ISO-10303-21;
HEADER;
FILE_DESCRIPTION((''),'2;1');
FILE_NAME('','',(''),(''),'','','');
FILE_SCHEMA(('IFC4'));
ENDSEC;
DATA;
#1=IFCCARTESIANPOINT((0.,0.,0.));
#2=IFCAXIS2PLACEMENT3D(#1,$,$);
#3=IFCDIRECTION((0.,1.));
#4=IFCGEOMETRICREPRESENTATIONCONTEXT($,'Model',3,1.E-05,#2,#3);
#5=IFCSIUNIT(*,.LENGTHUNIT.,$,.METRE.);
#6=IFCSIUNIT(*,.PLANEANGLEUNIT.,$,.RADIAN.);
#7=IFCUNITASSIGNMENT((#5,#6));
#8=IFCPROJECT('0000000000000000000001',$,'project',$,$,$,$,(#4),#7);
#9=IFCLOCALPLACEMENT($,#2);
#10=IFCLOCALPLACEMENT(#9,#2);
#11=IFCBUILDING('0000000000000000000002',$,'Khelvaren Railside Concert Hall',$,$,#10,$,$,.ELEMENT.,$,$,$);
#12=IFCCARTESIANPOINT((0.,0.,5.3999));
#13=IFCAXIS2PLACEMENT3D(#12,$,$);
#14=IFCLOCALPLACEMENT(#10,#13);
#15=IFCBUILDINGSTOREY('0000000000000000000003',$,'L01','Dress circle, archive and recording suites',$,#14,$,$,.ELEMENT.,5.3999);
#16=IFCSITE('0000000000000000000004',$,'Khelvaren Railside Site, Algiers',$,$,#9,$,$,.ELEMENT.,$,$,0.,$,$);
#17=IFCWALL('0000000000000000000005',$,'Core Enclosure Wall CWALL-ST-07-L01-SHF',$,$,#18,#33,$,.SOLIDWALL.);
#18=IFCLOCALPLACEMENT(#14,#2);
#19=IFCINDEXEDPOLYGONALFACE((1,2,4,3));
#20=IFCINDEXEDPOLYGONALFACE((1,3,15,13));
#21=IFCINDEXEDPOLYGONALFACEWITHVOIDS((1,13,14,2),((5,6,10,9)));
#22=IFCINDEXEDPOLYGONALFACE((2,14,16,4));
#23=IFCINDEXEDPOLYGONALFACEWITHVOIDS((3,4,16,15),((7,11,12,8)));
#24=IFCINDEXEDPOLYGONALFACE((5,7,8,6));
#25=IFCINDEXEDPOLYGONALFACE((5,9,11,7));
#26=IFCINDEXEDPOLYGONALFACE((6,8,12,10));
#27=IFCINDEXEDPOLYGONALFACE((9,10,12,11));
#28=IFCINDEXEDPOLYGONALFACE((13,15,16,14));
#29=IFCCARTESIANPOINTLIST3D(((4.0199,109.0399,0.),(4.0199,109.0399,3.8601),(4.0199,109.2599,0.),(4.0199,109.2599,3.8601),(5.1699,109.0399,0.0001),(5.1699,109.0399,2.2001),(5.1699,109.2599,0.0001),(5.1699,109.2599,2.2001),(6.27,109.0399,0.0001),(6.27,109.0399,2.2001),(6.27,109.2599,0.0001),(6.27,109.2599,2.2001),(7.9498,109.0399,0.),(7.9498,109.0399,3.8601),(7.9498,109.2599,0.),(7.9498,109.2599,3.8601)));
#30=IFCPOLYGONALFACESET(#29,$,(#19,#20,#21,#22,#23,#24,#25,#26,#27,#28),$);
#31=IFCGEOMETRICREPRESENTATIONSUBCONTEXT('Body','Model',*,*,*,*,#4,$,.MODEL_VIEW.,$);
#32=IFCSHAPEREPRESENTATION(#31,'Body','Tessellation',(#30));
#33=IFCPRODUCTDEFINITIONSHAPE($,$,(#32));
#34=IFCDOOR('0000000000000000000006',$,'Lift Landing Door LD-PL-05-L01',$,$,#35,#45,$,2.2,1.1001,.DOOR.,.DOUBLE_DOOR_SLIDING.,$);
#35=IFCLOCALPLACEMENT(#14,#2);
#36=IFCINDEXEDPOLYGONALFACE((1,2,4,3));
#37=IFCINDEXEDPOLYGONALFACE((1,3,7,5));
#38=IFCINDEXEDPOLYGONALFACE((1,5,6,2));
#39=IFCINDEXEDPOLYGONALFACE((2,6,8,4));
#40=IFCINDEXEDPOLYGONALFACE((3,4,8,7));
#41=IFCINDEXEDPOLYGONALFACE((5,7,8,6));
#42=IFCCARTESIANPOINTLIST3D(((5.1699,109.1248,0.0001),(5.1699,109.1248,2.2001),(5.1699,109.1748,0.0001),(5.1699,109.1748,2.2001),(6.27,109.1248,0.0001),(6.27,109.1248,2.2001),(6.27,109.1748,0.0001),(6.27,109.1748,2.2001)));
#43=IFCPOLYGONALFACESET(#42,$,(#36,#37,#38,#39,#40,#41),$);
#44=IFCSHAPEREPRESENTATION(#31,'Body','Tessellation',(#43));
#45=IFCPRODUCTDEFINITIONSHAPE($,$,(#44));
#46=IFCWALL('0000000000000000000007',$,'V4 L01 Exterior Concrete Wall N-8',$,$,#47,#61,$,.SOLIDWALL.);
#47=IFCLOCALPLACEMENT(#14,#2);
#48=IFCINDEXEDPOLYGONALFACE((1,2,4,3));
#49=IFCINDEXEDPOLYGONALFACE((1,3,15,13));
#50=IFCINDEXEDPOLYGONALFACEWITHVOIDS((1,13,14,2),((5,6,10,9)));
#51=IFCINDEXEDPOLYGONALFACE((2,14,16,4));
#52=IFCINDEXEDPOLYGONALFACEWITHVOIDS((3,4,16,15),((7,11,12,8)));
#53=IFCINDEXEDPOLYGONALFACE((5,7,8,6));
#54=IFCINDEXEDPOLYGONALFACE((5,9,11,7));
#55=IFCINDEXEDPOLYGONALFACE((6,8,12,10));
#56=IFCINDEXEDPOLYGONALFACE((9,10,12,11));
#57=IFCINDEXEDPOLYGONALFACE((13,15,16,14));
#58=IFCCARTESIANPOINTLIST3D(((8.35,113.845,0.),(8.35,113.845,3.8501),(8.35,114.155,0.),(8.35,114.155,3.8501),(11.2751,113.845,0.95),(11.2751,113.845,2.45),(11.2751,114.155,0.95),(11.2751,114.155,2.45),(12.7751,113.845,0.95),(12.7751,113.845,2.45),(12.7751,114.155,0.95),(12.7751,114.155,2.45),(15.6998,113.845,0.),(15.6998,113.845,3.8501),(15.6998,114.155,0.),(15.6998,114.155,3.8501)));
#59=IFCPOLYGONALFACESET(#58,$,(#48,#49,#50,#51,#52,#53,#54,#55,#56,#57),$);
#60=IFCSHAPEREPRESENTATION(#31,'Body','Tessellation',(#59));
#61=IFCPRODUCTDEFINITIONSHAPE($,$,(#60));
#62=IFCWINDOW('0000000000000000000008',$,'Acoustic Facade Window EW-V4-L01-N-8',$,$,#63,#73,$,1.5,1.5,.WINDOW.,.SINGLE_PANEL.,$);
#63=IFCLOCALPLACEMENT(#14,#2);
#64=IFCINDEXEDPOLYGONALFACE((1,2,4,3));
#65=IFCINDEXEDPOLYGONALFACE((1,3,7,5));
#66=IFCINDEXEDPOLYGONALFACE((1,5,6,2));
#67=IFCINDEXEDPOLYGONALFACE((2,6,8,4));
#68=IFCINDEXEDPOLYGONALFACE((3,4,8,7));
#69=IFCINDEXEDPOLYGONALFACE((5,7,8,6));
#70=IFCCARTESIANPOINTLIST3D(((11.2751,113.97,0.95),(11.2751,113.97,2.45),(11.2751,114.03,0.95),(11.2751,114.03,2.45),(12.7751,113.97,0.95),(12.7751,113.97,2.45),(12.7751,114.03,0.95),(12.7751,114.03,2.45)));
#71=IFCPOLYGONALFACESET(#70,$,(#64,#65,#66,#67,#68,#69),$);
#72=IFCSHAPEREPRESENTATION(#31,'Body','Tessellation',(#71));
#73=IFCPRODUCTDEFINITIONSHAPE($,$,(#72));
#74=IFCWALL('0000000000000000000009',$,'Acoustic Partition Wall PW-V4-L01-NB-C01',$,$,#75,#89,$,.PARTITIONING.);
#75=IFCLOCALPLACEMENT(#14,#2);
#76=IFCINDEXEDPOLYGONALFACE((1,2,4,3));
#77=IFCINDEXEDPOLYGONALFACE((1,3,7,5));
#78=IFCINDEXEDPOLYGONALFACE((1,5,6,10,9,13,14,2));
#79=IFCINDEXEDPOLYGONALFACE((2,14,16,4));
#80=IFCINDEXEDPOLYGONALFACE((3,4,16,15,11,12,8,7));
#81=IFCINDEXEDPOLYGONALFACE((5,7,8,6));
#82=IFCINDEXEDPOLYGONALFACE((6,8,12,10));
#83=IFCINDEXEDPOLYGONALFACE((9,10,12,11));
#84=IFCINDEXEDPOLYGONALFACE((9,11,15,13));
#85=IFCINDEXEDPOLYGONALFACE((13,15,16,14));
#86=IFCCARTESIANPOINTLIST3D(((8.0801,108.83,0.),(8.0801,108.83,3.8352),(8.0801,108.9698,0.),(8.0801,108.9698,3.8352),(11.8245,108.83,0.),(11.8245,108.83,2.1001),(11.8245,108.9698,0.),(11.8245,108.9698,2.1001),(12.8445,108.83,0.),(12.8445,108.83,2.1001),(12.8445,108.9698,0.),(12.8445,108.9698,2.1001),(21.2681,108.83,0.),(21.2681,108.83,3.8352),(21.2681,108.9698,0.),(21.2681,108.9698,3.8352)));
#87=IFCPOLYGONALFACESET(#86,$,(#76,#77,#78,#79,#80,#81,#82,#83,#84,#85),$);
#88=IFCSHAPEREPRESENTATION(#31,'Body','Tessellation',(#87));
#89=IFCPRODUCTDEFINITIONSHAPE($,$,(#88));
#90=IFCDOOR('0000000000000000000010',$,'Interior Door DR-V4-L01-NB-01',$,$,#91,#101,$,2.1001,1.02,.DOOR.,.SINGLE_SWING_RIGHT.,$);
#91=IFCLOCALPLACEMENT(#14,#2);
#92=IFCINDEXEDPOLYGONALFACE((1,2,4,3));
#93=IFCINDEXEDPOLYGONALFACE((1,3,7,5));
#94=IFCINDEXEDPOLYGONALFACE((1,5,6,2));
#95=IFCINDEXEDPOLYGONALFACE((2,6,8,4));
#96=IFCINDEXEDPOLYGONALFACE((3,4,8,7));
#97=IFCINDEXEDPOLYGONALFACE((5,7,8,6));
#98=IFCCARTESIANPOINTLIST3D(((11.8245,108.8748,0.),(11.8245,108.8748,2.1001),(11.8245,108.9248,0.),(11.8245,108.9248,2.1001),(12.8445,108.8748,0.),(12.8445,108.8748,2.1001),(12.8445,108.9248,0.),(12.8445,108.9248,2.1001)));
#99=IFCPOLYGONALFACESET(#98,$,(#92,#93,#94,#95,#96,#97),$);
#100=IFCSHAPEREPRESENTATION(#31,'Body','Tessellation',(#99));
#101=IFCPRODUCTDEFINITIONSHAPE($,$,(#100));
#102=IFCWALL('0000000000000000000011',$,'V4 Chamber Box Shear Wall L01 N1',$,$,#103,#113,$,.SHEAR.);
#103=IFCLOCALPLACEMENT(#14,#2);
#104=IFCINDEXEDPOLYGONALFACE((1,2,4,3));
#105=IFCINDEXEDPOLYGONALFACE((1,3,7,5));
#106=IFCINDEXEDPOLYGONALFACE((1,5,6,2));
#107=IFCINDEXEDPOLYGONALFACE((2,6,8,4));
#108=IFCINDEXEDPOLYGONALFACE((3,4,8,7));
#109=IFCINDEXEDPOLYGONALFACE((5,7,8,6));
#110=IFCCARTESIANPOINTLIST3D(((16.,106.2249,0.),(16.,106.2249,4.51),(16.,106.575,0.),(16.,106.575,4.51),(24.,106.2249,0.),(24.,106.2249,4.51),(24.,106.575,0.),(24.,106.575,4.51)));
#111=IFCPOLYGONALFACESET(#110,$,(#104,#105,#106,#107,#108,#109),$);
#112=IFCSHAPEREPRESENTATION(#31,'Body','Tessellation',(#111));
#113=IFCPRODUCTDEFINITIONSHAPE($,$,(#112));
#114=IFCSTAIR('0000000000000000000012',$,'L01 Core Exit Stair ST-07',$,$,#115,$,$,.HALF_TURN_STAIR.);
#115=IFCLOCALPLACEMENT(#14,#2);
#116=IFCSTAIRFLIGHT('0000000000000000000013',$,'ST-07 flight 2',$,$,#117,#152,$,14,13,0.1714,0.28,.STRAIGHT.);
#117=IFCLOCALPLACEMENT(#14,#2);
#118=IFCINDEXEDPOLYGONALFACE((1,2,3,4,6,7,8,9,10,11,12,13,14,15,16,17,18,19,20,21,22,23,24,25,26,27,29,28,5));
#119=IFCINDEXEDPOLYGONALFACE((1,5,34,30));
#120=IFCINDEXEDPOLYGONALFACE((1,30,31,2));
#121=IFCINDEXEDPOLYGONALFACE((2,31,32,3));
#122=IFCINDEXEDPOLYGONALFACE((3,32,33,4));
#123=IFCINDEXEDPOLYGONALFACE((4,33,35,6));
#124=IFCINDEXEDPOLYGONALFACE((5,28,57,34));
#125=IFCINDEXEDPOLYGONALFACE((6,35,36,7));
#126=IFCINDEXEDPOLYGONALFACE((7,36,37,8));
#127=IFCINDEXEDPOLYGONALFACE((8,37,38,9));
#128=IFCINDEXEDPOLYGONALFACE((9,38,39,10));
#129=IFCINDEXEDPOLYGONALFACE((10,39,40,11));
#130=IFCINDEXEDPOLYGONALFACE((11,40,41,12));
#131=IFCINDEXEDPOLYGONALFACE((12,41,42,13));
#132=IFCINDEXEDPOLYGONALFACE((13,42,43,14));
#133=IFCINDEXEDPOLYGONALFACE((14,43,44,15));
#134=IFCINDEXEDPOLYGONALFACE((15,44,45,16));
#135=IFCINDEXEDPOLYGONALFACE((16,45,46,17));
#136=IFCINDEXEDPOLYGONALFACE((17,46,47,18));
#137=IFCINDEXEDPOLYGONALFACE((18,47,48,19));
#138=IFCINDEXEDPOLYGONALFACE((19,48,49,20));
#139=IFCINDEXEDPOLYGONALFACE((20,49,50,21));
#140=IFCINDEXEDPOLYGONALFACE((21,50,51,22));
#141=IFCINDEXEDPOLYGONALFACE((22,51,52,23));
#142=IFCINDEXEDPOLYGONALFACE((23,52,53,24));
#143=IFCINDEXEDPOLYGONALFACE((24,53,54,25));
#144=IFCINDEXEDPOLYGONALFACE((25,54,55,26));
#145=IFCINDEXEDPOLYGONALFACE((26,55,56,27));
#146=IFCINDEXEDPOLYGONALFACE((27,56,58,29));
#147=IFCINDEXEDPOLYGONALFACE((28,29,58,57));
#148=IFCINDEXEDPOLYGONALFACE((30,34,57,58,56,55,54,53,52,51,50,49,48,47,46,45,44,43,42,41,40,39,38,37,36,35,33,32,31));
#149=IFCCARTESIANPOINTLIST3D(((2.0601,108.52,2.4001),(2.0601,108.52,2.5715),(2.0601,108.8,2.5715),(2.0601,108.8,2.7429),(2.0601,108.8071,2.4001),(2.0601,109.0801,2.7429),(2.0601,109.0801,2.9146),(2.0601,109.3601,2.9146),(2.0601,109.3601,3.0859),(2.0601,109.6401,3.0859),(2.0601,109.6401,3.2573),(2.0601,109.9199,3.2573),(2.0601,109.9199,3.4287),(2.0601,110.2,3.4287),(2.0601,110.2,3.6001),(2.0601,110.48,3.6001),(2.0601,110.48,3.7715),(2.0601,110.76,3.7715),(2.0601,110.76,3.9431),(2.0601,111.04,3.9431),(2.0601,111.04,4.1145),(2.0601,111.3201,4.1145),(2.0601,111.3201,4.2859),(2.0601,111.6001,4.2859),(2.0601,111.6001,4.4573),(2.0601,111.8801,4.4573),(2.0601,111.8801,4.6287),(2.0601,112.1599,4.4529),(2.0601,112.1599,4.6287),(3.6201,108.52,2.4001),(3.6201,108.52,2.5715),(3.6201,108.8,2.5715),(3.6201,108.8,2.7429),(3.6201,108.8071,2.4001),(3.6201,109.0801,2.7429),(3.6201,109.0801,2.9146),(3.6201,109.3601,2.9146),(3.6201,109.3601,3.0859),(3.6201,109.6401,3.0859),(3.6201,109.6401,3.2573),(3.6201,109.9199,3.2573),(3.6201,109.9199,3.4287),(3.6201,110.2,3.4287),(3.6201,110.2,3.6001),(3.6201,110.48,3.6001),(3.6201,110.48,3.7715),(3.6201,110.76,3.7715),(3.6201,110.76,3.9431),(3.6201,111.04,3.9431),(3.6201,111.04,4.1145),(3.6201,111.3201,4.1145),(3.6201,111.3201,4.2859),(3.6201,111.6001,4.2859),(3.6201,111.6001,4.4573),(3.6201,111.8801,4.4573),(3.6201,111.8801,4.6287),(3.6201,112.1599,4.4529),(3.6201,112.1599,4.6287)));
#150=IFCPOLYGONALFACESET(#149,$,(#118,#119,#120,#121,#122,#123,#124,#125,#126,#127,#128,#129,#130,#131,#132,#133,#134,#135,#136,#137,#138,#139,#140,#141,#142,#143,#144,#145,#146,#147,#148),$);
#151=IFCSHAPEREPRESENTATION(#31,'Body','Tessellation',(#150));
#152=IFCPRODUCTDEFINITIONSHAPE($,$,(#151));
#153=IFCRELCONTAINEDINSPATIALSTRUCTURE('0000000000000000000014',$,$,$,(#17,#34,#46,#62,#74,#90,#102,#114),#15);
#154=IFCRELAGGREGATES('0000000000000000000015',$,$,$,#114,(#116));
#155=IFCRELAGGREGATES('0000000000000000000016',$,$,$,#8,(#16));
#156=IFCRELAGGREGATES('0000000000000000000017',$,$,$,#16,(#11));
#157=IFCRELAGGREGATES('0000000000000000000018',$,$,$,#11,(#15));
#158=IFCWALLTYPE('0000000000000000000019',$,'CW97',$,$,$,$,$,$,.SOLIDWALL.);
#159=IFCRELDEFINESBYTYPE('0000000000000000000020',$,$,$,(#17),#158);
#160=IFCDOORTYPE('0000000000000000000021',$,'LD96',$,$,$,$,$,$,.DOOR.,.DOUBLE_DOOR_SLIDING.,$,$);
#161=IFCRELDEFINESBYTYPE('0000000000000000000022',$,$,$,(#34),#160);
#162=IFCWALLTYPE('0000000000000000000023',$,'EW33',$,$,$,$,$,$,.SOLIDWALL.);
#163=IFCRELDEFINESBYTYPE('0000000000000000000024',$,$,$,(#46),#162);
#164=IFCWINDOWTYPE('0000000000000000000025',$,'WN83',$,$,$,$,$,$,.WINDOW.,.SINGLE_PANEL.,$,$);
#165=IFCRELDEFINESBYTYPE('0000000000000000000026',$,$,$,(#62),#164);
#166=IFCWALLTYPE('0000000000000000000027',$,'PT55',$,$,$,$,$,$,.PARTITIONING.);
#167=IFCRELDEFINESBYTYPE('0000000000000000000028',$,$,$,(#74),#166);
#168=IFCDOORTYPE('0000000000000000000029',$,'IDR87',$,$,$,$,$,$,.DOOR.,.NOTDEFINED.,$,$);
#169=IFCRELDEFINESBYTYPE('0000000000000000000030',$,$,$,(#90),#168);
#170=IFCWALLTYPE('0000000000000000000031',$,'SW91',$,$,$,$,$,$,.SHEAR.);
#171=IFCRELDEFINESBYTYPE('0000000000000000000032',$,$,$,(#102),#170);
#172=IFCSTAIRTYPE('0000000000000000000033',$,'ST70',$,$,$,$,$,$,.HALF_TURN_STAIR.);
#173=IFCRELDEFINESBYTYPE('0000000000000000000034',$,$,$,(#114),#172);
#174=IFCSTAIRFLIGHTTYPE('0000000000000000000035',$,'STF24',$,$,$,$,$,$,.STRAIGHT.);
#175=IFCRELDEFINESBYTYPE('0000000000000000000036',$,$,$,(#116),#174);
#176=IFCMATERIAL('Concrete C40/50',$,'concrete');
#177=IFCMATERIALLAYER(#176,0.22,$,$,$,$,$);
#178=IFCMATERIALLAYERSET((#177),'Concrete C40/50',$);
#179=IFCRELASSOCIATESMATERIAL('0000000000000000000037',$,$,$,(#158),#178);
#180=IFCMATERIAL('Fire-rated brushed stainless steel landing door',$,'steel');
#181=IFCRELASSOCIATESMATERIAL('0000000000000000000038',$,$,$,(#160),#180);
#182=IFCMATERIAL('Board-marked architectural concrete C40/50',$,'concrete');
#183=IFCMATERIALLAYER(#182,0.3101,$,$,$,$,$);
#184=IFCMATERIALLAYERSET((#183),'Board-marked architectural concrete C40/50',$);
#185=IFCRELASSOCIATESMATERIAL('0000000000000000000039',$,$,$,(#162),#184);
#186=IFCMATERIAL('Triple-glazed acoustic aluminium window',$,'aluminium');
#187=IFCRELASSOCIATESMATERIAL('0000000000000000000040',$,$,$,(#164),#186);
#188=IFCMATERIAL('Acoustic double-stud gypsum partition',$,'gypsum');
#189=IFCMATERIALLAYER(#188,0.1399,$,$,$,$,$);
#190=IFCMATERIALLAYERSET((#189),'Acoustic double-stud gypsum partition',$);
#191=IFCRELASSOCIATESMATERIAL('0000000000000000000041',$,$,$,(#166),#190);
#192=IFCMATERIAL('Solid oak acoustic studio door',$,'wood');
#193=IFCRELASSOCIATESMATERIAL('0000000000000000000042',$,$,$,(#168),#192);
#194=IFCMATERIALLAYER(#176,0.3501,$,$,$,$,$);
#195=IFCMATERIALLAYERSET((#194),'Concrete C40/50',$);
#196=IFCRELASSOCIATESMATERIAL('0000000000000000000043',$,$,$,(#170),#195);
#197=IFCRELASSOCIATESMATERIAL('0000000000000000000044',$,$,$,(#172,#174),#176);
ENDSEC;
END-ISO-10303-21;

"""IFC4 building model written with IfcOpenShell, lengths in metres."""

from ifc_helpers import new_model, si_unit, direction, frame, frame_2d, origin, place, context, subcontext, project, spatial, polyline, rectangle, outline, extrude, material, layer, layer_set, type_object, element, fill, aggregate, save


model = new_model("IFC4")

# Units and contexts
model_context = context("Model", 3, precision=1e-05, world=origin(), true_north=direction((0.0, 1.0)))
body_context = subcontext(model_context, "Body", "Model", "MODEL_VIEW")
ifc_project = project(units=[si_unit("LENGTHUNIT", "METRE"), si_unit("PLANEANGLEUNIT", "RADIAN")], contexts=[model_context])

# Site, building, storey
site_placement = place(None, origin())
site = spatial("IfcSite", under=ifc_project, at=site_placement, Name="Khelvaren Railside Site, Algiers", CompositionType="ELEMENT", RefElevation=0.0)
building_placement = place(site_placement, origin())
building = spatial("IfcBuilding", under=site, at=building_placement, Name="Khelvaren Railside Concert Hall", CompositionType="ELEMENT")
storey_placement = place(building_placement, frame((0.0, 0.0, 5.3999)))
storey = spatial("IfcBuildingStorey", under=building, at=storey_placement, Name="L01", Description="Dress circle, archive and recording suites", CompositionType="ELEMENT", Elevation=5.3999)

# Shared definitions
ifc_material_1 = material(Name="Concrete C40/50", Category="concrete")

# Wall, opening, door
ifc_layer_1 = layer(ifc_material_1, 0.22)
ifc_layer_set_1 = layer_set([ifc_layer_1], Name="Concrete C40/50")
wall_type_1 = type_object("IfcWallType", Name="CW97", PredefinedType="SOLIDWALL", material=ifc_layer_set_1)
wall_1_placement = place(storey_placement, frame((4.02, 109.1499, 0.0), z_axis=(0.0, 0.0, 1.0), x_axis=(1.0, 0.0, 0.0)))
wall_1 = element("IfcWall", 1, at=wall_1_placement, inside=storey, type_object=wall_type_1, Name="Core Enclosure Wall CWALL-ST-07-L01-SHF", PredefinedType="SOLIDWALL", context=body_context, shape_type="SweptSolid", body=[
    extrude(rectangle(XDim=3.9299, YDim=0.22, at=frame_2d((1.9648, 0.0))), origin(), (0.0, 0.0, 1.0), 3.8601),
])
opening_1_placement = place(wall_1_placement, frame((1.1499, 0.0, 0.0)))
opening_1 = element("IfcOpeningElement", 2, at=opening_1_placement, cuts=wall_1, PredefinedType="OPENING", context=body_context, shape_type="SweptSolid", body=[
    extrude(rectangle(XDim=1.1001, YDim=2.2, at=frame_2d((0.55, 1.1001))), frame((0.0, 0.1199, 0.0), z_axis=(0.0, -1.0, 0.0), x_axis=(1.0, 0.0, 0.0)), (0.0, 0.0, 1.0), 0.24),
])
ifc_material_2 = material(Name="Fire-rated brushed stainless steel landing door", Category="steel")
door_type_1 = type_object("IfcDoorType", Name="LD96", OperationType="DOUBLE_DOOR_SLIDING", PredefinedType="DOOR", material=ifc_material_2)
door_1_placement = place(opening_1_placement, origin())
door_1 = element("IfcDoor", 3, at=door_1_placement, inside=storey, type_object=door_type_1, Name="Lift Landing Door LD-PL-05-L01", OperationType="DOUBLE_DOOR_SLIDING", OverallHeight=2.2, OverallWidth=1.1001, PredefinedType="DOOR", context=body_context, shape_type="SweptSolid", body=[
    extrude(rectangle(XDim=1.1001, YDim=2.2, at=frame_2d((0.55, 1.1001))), frame((0.0, 0.0249, 0.0), z_axis=(0.0, -1.0, 0.0), x_axis=(1.0, 0.0, 0.0)), (0.0, 0.0, 1.0), 0.05),
])
fill(opening_1, door_1)

# Wall, opening, window
ifc_material_3 = material(Name="Board-marked architectural concrete C40/50", Category="concrete")
ifc_layer_2 = layer(ifc_material_3, 0.3101)
ifc_layer_set_2 = layer_set([ifc_layer_2], Name="Board-marked architectural concrete C40/50")
wall_type_2 = type_object("IfcWallType", Name="EW33", PredefinedType="SOLIDWALL", material=ifc_layer_set_2)
wall_2_placement = place(storey_placement, frame((8.3501, 114.0, 0.0), z_axis=(0.0, 0.0, 1.0), x_axis=(1.0, 0.0, 0.0)))
wall_2 = element("IfcWall", 4, at=wall_2_placement, inside=storey, type_object=wall_type_2, Name="V4 L01 Exterior Concrete Wall N-8", PredefinedType="SOLIDWALL", context=body_context, shape_type="SweptSolid", body=[
    extrude(rectangle(XDim=7.3499, YDim=0.3101, at=frame_2d((3.6748, 0.0))), origin(), (0.0, 0.0, 1.0), 3.8501),
])
opening_2_placement = place(wall_2_placement, frame((2.925, 0.0, 0.95)))
opening_2 = element("IfcOpeningElement", 5, at=opening_2_placement, cuts=wall_2, PredefinedType="OPENING", context=body_context, shape_type="SweptSolid", body=[
    extrude(rectangle(XDim=1.5, YDim=1.5, at=frame_2d((0.75, 0.75))), frame((0.0, 0.165, 0.0), z_axis=(0.0, -1.0, 0.0), x_axis=(1.0, 0.0, 0.0)), (0.0, 0.0, 1.0), 0.3301),
])
ifc_material_4 = material(Name="Triple-glazed acoustic aluminium window", Category="aluminium")
window_type = type_object("IfcWindowType", Name="WN83", PartitioningType="SINGLE_PANEL", PredefinedType="WINDOW", material=ifc_material_4)
window_placement = place(opening_2_placement, origin())
window = element("IfcWindow", 6, at=window_placement, inside=storey, type_object=window_type, Name="Acoustic Facade Window EW-V4-L01-N-8", OverallHeight=1.5, OverallWidth=1.5, PartitioningType="SINGLE_PANEL", PredefinedType="WINDOW", context=body_context, shape_type="SweptSolid", body=[
    extrude(rectangle(XDim=1.5, YDim=1.5, at=frame_2d((0.75, 0.75))), frame((0.0, 0.03, 0.0), z_axis=(0.0, -1.0, 0.0), x_axis=(1.0, 0.0, 0.0)), (0.0, 0.0, 1.0), 0.0601),
])
fill(opening_2, window)

# Wall, opening, door
ifc_material_5 = material(Name="Acoustic double-stud gypsum partition", Category="gypsum")
ifc_layer_3 = layer(ifc_material_5, 0.1399)
ifc_layer_set_3 = layer_set([ifc_layer_3], Name="Acoustic double-stud gypsum partition")
wall_type_3 = type_object("IfcWallType", Name="PT55", PredefinedType="PARTITIONING", material=ifc_layer_set_3)
wall_3_placement = place(storey_placement, frame((8.0801, 108.8999, 0.0), z_axis=(0.0, 0.0, 1.0), x_axis=(1.0, 0.0, 0.0)))
wall_3 = element("IfcWall", 7, at=wall_3_placement, inside=storey, type_object=wall_type_3, Name="Acoustic Partition Wall PW-V4-L01-NB-C01", PredefinedType="PARTITIONING", context=body_context, shape_type="SweptSolid", body=[
    extrude(rectangle(XDim=13.188, YDim=0.1399, at=frame_2d((6.594, 0.0))), origin(), (0.0, 0.0, 1.0), 3.8352),
])
opening_3_placement = place(wall_3_placement, frame((3.7444, 0.0, 0.0)))
opening_3 = element("IfcOpeningElement", 8, at=opening_3_placement, cuts=wall_3, PredefinedType="OPENING", context=body_context, shape_type="SweptSolid", body=[
    extrude(rectangle(XDim=1.02, YDim=2.1001, at=frame_2d((0.51, 1.05))), frame((0.0, 0.0798, 0.0), z_axis=(0.0, -1.0, 0.0), x_axis=(1.0, 0.0, 0.0)), (0.0, 0.0, 1.0), 0.1599),
])
ifc_material_6 = material(Name="Solid oak acoustic studio door", Category="wood")
door_type_2 = type_object("IfcDoorType", Name="IDR87", OperationType="NOTDEFINED", PredefinedType="DOOR", material=ifc_material_6)
door_2_placement = place(opening_3_placement, origin())
door_2 = element("IfcDoor", 9, at=door_2_placement, inside=storey, type_object=door_type_2, Name="Interior Door DR-V4-L01-NB-01", OperationType="SINGLE_SWING_RIGHT", OverallHeight=2.1001, OverallWidth=1.02, PredefinedType="DOOR", context=body_context, shape_type="SweptSolid", body=[
    extrude(rectangle(XDim=1.02, YDim=2.1001, at=frame_2d((0.51, 1.05))), frame((0.0, 0.0249, 0.0), z_axis=(0.0, -1.0, 0.0), x_axis=(1.0, 0.0, 0.0)), (0.0, 0.0, 1.0), 0.05),
])
fill(opening_3, door_2)

# Wall
ifc_layer_4 = layer(ifc_material_1, 0.3501)
ifc_layer_set_4 = layer_set([ifc_layer_4], Name="Concrete C40/50")
wall_type_4 = type_object("IfcWallType", Name="SW91", PredefinedType="SHEAR", material=ifc_layer_set_4)
wall_4_placement = place(storey_placement, frame((16.0, 106.3999, 0.0), z_axis=(0.0, 0.0, 1.0), x_axis=(1.0, 0.0, 0.0)))
element("IfcWall", 10, at=wall_4_placement, inside=storey, type_object=wall_type_4, Name="V4 Chamber Box Shear Wall L01 N1", PredefinedType="SHEAR", context=body_context, shape_type="SweptSolid", body=[
    extrude(rectangle(XDim=8.0, YDim=0.3501, at=frame_2d((4.0, 0.0))), origin(), (0.0, 0.0, 1.0), 4.51),
])

# Stair, stair flight
stair_type = type_object("IfcStairType", Name="ST70", PredefinedType="HALF_TURN_STAIR", material=ifc_material_1)
stair_placement = place(storey_placement, origin())
stair = element("IfcStair", 11, at=stair_placement, inside=storey, type_object=stair_type, Name="L01 Core Exit Stair ST-07", PredefinedType="HALF_TURN_STAIR")
stair_flight_type = type_object("IfcStairFlightType", Name="STF24", PredefinedType="STRAIGHT", material=ifc_material_1)
stair_flight_placement = place(storey_placement, frame((2.8401, 108.52, 2.4001), z_axis=(0.0, 0.0, 1.0), x_axis=(0.0, 1.0, 0.0)))
stair_flight = element("IfcStairFlight", 12, at=stair_flight_placement, type_object=stair_flight_type, Name="ST-07 flight 2", NumberOfRisers=14, NumberOfTreads=13, PredefinedType="STRAIGHT", RiserHeight=0.1714, TreadLength=0.28, context=body_context, shape_type="SweptSolid", body=[
    extrude(outline(polyline([(0.0, 0.0), (0.0, 0.1714), (0.28, 0.1714), (0.28, 0.3428), (0.5601, 0.3428), (0.5601, 0.5144), (0.8401, 0.5144), (0.8401, 0.6858), (1.1201, 0.6858), (1.1201, 0.8572), (1.3999, 0.8572), (1.3999, 1.0286), (1.6799, 1.0286), (1.6799, 1.2), (1.96, 1.2), (1.96, 1.3713), (2.24, 1.3713), (2.24, 1.543), (2.52, 1.543), (2.52, 1.7144), (2.8, 1.7144), (2.8, 1.8857), (3.0801, 1.8857), (3.0801, 2.0571), (3.3601, 2.0571), (3.3601, 2.2285), (3.6399, 2.2285), (3.6399, 2.3999), (3.6399, 2.0527), (0.2871, 0.0), (0.0, 0.0)])), frame((0.0, 0.78, 0.0), z_axis=(0.0, -1.0, 0.0), x_axis=(1.0, 0.0, 0.0)), (0.0, 0.0, 1.0), 1.5601),
])
aggregate(stair, [stair_flight])

save(model, "model.ifc")
